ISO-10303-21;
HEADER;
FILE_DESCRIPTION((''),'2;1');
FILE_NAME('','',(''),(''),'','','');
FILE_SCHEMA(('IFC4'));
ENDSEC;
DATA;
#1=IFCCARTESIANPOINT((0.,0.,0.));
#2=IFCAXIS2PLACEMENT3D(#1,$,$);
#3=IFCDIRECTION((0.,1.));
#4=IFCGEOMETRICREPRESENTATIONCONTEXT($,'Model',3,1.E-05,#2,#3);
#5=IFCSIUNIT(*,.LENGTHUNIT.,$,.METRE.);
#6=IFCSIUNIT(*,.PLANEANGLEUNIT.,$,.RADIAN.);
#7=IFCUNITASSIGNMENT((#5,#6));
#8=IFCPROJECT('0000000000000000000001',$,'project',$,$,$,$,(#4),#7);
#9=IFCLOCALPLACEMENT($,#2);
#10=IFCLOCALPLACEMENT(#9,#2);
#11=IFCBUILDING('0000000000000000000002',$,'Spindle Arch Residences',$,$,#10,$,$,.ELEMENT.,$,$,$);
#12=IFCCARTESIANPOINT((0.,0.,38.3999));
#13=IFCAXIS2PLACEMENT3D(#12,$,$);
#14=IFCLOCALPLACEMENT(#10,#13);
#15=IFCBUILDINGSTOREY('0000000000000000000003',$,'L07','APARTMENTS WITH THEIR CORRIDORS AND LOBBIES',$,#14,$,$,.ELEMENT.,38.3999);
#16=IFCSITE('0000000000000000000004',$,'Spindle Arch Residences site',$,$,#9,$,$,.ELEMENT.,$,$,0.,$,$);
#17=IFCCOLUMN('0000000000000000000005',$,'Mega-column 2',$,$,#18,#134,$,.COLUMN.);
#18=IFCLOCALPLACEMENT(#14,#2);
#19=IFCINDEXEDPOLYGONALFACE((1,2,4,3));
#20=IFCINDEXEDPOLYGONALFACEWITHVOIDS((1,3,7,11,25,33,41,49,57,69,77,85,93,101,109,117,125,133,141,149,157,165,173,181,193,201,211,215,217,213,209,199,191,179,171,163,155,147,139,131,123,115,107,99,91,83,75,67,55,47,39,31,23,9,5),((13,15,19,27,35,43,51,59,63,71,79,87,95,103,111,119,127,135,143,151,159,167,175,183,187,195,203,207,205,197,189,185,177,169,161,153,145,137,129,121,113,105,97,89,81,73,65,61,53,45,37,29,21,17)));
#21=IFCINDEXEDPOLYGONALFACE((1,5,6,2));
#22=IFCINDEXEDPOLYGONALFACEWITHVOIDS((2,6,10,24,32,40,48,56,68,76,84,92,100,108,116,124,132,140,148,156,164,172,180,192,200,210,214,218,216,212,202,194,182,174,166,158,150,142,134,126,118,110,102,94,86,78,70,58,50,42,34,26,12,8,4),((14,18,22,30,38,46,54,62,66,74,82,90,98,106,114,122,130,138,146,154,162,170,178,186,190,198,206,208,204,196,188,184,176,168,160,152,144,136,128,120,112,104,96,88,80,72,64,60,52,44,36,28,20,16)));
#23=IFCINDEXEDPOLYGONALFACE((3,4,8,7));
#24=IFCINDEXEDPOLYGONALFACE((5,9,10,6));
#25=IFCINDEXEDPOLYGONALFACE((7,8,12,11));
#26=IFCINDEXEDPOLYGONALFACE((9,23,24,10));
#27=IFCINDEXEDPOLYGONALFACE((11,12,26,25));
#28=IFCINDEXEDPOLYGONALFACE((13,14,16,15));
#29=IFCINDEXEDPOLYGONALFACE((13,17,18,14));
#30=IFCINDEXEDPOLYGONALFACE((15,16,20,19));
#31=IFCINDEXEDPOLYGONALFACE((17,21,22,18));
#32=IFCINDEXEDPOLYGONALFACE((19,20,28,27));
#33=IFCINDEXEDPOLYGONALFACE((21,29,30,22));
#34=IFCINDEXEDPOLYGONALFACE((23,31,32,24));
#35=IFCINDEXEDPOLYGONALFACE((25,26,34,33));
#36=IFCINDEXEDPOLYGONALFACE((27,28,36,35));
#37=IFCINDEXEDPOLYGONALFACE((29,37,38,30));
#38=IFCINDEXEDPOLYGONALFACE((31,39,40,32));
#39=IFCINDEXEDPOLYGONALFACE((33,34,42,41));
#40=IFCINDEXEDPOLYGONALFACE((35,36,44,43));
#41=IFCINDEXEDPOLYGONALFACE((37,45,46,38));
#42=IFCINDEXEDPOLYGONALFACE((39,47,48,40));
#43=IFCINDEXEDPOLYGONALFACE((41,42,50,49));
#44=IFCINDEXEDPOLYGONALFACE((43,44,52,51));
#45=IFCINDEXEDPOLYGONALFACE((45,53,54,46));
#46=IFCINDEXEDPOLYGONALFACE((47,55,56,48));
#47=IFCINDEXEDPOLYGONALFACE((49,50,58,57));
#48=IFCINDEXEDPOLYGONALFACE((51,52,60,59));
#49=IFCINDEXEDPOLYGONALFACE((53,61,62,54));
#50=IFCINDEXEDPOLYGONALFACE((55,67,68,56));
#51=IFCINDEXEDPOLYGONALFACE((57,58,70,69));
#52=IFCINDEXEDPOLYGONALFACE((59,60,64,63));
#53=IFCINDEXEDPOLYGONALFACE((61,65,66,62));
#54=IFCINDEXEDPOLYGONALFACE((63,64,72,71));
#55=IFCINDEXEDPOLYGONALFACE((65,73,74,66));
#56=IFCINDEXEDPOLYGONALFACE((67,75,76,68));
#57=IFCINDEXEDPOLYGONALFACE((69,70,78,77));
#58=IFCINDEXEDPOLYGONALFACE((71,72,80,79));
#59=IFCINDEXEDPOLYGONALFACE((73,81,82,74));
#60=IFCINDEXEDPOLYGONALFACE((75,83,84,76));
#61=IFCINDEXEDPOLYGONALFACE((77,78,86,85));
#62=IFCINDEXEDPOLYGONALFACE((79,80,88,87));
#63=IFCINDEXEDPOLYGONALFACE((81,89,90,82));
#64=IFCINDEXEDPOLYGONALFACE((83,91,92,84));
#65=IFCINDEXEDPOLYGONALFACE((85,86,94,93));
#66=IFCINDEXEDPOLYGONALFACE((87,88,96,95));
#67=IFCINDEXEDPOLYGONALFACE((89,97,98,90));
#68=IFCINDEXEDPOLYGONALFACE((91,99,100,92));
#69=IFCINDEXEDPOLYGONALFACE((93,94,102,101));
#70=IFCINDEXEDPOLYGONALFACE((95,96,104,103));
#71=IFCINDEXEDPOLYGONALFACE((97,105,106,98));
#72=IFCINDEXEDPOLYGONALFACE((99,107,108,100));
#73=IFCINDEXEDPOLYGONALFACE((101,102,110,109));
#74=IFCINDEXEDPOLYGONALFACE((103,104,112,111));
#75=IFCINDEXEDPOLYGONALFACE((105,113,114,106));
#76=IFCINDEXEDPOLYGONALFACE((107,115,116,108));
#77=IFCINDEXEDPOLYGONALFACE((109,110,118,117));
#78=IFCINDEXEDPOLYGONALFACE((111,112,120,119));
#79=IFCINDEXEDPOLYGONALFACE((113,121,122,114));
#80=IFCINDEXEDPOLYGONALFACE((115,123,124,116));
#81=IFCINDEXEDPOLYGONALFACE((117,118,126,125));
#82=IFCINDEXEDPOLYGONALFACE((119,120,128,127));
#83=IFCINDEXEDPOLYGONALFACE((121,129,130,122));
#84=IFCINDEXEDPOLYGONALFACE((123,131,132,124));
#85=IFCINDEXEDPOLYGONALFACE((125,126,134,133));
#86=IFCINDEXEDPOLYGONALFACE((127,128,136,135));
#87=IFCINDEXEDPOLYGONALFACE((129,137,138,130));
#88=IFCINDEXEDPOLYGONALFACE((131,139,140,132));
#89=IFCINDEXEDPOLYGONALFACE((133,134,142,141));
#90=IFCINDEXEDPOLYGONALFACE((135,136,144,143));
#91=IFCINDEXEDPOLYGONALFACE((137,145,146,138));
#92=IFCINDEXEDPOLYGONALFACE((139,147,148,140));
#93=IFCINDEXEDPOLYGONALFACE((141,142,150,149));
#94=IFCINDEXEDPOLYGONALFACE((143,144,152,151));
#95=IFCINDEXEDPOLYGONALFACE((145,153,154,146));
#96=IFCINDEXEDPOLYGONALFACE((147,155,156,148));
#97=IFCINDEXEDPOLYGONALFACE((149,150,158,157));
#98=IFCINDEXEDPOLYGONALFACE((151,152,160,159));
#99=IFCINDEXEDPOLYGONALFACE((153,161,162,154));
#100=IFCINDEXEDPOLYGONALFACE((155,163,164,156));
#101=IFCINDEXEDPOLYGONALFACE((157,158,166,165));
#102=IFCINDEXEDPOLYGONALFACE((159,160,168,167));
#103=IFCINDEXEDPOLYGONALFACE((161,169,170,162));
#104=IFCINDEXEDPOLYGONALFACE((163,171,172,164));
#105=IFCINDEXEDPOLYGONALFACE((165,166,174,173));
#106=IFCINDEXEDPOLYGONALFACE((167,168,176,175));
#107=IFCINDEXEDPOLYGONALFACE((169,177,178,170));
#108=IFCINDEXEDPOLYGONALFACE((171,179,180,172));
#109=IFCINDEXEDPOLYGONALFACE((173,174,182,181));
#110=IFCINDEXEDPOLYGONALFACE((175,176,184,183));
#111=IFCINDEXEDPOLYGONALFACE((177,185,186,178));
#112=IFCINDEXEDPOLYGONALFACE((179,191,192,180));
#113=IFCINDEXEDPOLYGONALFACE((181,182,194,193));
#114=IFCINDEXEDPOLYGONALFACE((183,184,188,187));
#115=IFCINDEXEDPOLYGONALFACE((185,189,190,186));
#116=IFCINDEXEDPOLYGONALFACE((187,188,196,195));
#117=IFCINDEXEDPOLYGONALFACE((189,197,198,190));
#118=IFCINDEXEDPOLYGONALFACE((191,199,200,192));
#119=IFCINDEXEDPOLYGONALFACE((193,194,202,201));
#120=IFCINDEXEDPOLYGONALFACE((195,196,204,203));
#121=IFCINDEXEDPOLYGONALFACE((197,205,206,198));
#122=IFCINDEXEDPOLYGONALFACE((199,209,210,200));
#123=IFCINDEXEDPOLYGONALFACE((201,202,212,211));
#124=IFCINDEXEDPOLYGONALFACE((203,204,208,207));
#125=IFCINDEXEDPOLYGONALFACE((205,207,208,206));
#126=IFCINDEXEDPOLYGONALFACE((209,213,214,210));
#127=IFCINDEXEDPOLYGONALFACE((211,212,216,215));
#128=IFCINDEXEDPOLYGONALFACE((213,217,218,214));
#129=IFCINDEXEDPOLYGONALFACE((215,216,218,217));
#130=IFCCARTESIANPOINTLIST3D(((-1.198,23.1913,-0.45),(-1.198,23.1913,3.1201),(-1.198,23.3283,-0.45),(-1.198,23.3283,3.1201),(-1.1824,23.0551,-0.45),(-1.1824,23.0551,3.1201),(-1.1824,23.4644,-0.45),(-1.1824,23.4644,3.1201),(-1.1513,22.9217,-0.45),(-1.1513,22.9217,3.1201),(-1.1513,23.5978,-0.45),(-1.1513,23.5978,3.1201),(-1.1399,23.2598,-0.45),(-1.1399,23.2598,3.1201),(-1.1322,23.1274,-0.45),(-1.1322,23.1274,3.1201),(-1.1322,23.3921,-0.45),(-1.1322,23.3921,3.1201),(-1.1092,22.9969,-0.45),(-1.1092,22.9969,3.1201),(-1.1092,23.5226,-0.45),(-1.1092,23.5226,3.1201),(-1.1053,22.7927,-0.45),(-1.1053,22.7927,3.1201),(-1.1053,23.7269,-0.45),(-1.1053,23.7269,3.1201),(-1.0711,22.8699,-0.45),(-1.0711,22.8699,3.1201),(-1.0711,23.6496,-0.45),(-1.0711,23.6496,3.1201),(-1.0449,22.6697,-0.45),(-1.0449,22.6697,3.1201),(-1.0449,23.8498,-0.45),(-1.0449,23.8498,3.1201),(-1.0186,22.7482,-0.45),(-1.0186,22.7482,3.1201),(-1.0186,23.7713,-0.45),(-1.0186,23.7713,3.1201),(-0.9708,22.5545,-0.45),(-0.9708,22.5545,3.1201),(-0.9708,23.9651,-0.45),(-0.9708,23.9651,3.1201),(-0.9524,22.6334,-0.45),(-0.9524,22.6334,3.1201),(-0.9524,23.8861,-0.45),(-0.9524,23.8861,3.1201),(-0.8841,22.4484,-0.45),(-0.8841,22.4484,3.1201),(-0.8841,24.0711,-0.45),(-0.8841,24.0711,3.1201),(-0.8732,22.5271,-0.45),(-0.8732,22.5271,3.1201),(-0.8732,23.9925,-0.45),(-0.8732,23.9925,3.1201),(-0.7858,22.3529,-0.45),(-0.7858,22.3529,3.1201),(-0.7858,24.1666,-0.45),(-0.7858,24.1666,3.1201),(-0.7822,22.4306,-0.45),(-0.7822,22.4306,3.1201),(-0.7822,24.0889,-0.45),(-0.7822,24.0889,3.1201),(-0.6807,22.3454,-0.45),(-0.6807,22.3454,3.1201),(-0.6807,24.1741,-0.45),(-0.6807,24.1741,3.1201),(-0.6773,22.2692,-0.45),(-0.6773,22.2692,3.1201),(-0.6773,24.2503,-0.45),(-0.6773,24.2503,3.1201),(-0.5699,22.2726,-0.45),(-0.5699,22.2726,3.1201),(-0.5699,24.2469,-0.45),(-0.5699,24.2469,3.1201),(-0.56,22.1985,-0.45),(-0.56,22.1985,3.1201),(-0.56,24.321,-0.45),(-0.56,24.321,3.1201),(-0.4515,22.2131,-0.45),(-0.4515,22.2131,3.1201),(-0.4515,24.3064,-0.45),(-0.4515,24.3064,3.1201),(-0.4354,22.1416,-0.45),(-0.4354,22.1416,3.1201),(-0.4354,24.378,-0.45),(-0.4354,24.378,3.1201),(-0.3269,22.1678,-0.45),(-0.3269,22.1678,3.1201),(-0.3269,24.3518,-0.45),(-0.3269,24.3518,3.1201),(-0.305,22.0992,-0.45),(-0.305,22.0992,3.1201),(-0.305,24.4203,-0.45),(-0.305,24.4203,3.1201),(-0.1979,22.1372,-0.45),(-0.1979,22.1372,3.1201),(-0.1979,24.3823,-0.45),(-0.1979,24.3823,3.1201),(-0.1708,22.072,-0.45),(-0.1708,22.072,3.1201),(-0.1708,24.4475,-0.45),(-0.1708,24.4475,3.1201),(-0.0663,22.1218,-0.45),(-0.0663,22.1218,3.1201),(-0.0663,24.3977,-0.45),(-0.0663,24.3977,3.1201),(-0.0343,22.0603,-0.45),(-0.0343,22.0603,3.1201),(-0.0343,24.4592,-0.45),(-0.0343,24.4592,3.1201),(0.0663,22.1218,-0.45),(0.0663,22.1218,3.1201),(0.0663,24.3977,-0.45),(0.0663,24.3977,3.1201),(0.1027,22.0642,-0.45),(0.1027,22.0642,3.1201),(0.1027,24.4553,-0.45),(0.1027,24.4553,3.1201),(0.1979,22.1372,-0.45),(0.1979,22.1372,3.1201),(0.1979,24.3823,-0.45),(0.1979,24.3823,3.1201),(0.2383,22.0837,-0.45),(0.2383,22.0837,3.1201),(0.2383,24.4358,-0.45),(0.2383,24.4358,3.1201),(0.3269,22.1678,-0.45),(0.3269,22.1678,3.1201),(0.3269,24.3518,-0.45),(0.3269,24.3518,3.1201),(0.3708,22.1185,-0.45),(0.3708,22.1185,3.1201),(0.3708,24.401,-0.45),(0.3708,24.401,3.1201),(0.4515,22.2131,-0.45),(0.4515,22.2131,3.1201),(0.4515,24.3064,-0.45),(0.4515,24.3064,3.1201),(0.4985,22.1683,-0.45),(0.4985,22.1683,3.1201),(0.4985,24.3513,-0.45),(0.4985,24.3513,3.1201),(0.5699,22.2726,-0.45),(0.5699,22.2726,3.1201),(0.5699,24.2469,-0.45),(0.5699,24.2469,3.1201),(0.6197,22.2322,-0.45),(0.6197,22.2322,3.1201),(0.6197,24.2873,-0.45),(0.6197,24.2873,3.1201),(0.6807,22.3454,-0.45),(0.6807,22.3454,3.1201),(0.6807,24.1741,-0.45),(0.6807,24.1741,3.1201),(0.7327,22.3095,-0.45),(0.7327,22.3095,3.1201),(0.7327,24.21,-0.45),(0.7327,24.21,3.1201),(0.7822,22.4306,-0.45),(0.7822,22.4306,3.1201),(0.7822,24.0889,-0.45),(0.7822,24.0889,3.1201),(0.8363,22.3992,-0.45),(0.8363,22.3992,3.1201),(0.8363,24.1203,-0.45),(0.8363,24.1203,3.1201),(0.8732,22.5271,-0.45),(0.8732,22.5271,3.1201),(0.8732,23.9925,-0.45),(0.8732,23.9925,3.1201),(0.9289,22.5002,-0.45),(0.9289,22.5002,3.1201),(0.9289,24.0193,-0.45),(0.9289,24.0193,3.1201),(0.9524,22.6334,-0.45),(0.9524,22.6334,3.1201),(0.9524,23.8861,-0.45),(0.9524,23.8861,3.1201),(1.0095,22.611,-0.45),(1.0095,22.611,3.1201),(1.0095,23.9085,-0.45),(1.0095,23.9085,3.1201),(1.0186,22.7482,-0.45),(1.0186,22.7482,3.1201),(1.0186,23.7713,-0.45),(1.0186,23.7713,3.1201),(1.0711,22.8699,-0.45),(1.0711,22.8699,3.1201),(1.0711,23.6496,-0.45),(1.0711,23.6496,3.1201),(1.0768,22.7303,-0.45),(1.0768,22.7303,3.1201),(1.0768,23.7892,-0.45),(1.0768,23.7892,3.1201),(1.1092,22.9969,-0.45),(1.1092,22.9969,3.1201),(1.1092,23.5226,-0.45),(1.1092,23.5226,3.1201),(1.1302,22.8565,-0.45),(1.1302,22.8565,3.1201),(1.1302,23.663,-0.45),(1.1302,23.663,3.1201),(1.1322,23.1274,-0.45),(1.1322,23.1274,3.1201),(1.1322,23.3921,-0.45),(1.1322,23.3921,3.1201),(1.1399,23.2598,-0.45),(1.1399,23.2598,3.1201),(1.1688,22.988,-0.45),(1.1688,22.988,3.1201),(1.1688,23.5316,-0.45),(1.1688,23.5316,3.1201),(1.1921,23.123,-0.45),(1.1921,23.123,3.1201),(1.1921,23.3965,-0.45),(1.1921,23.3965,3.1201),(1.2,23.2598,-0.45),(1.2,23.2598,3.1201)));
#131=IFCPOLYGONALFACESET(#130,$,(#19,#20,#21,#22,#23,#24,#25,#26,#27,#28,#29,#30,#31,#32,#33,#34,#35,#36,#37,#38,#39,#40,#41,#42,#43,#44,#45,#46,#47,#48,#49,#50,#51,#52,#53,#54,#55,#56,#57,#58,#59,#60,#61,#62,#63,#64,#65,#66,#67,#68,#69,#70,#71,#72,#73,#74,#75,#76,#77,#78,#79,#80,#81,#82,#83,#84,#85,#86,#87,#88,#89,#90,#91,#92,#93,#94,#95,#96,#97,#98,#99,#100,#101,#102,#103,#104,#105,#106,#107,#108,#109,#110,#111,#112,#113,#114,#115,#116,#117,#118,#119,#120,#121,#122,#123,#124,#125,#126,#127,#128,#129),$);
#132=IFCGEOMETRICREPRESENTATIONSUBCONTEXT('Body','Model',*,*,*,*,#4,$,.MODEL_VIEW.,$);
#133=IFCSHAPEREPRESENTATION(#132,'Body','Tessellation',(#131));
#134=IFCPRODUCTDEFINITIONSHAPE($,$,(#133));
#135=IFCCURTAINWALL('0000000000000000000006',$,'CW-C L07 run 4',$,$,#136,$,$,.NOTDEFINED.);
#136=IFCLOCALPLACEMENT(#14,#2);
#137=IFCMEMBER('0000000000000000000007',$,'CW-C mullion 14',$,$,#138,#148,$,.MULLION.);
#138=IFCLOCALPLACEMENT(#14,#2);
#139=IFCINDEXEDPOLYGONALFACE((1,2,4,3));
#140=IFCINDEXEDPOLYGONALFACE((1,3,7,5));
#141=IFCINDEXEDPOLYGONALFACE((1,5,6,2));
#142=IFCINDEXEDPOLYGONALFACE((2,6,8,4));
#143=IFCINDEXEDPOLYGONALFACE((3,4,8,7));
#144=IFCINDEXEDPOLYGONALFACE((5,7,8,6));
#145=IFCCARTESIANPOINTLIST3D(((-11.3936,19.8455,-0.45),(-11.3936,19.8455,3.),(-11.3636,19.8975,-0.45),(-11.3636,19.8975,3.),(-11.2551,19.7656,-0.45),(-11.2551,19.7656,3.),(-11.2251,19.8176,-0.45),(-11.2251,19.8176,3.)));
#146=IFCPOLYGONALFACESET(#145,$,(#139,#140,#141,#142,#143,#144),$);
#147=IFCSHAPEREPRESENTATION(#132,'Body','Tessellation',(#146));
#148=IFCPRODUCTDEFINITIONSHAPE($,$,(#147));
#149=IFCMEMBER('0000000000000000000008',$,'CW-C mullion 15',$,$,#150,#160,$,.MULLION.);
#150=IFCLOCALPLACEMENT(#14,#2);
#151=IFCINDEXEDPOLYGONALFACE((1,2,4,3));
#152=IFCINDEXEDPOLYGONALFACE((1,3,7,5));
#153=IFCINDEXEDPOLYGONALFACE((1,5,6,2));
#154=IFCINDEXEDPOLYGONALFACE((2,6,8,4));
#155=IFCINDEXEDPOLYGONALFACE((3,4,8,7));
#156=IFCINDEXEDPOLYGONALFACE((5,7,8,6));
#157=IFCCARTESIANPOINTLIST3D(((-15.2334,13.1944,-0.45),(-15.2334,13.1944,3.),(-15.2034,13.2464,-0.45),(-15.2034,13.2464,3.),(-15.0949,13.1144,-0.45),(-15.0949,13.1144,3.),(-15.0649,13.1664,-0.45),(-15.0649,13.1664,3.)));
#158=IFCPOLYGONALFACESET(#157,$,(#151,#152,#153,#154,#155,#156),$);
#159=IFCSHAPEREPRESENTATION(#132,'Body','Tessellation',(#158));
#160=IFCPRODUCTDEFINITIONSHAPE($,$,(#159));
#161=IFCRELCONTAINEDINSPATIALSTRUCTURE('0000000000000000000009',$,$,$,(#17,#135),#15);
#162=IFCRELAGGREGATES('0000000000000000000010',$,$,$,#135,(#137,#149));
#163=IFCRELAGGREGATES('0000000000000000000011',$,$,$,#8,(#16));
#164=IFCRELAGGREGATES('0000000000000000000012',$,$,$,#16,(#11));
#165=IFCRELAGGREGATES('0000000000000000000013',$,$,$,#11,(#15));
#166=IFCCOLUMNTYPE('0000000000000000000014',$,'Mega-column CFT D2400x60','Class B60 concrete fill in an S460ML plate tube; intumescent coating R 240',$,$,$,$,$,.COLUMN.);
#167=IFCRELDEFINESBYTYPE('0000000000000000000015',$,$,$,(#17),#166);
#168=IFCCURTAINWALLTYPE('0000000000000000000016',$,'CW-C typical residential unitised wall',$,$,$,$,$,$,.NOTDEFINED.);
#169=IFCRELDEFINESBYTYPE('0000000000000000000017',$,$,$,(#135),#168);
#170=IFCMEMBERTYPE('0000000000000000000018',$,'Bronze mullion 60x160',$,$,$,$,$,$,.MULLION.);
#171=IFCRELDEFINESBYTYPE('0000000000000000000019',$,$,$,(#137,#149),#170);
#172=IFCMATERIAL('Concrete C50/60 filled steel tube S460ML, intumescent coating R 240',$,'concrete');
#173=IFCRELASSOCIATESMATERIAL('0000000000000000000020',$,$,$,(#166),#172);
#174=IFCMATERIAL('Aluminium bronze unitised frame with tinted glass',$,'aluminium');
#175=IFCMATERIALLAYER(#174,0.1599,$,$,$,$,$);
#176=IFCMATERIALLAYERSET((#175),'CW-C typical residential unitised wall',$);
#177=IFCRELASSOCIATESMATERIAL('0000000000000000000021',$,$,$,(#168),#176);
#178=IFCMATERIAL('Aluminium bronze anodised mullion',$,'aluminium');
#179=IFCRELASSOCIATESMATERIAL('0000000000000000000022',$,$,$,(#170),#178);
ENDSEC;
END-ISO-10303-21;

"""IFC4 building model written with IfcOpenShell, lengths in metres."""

from ifc_helpers import new_model, si_unit, direction, frame, origin, origin_2d, place, context, subcontext, project, spatial, rectangle, hollow_circle, extrude, material, layer, layer_set, material_profile, profile_set, type_object, element, aggregate, save


model = new_model("IFC4")

# Units and contexts
model_context = context("Model", 3, precision=1e-05, world=origin(), true_north=direction((0.0, 1.0)))
body_context = subcontext(model_context, "Body", "Model", "MODEL_VIEW")
ifc_project = project(units=[si_unit("LENGTHUNIT", "METRE"), si_unit("PLANEANGLEUNIT", "RADIAN")], contexts=[model_context])

# Site, building, storey
site_placement = place(None, origin())
site = spatial("IfcSite", under=ifc_project, at=site_placement, Name="Spindle Arch Residences site", CompositionType="ELEMENT", RefElevation=0.0)
building_placement = place(site_placement, origin())
building = spatial("IfcBuilding", under=site, at=building_placement, Name="Spindle Arch Residences", CompositionType="ELEMENT")
storey_placement = place(building_placement, frame((0.0, 0.0, 38.3999)))
storey = spatial("IfcBuildingStorey", under=building, at=storey_placement, Name="L07", Description="APARTMENTS WITH THEIR CORRIDORS AND LOBBIES", CompositionType="ELEMENT", Elevation=38.3999)

# Column
ifc_material_1 = material(Name="Concrete C50/60 filled steel tube S460ML, intumescent coating R 240", Category="concrete")
ifc_material_profile_1 = material_profile(ifc_material_1, hollow_circle(Radius=1.2, WallThickness=0.0601, at=origin_2d()), Name="CFT D2400x60")
ifc_profile_set_1 = profile_set([ifc_material_profile_1], Name="Concrete C50/60 filled steel tube S460ML, intumescent coating R 240")
column_type_1 = type_object("IfcColumnType", Name="Mega-column CFT D2400x60", Description="Class B60 concrete fill in an S460ML plate tube; intumescent coating R 240", PredefinedType="COLUMN", material=ifc_profile_set_1)
column_placement = place(storey_placement, frame((0.0, 23.2598, -0.45), z_axis=(0.0, 0.0, 1.0), x_axis=(1.0, 0.0, 0.0)))
element("IfcColumn", 1, at=column_placement, inside=storey, type_object=column_type_1, Name="Mega-column 2", PredefinedType="COLUMN", context=body_context, shape_type="SweptSolid", body=[
    extrude(hollow_circle(Radius=1.2, WallThickness=0.0601, at=origin_2d()), origin(), (0.0, 0.0, 1.0), 3.5701),
])

# Curtain wall, members
ifc_material_2 = material(Name="Aluminium bronze unitised frame with tinted glass", Category="aluminium")
ifc_layer_1 = layer(ifc_material_2, 0.1599)
ifc_layer_set_1 = layer_set([ifc_layer_1], Name="CW-C typical residential unitised wall")
curtain_wall_type = type_object("IfcCurtainWallType", Name="CW-C typical residential unitised wall", PredefinedType="NOTDEFINED", material=ifc_layer_set_1)
curtain_wall_placement = place(storey_placement, origin())
curtain_wall = element("IfcCurtainWall", 2, at=curtain_wall_placement, inside=storey, type_object=curtain_wall_type, Name="CW-C L07 run 4", PredefinedType="NOTDEFINED")
ifc_material_3 = material(Name="Aluminium bronze anodised mullion", Category="aluminium")
ifc_material_profile_2 = material_profile(ifc_material_3, rectangle(XDim=0.1599, YDim=0.0601, at=origin_2d()), Name="MU 60x160")
ifc_profile_set_2 = profile_set([ifc_material_profile_2], Name="Aluminium bronze anodised mullion")
member_type_1 = type_object("IfcMemberType", Name="Bronze mullion 60x160", PredefinedType="MULLION", material=ifc_profile_set_2)
member_1_placement = place(storey_placement, frame((-11.3093, 19.8315, -0.45), z_axis=(0.0, 0.0, 1.0), x_axis=(0.866025, -0.5, 0.0)))
member_1 = element("IfcMember", 3, at=member_1_placement, type_object=member_type_1, Name="CW-C mullion 14", PredefinedType="MULLION", context=body_context, shape_type="SweptSolid", body=[
    extrude(rectangle(XDim=0.1599, YDim=0.0601, at=origin_2d()), origin(), (0.0, 0.0, 1.0), 3.45),
])
member_2_placement = place(storey_placement, frame((-15.1492, 13.1804, -0.45), z_axis=(0.0, 0.0, 1.0), x_axis=(0.866025, -0.5, 0.0)))
member_2 = element("IfcMember", 4, at=member_2_placement, type_object=member_type_1, Name="CW-C mullion 15", PredefinedType="MULLION", context=body_context, shape_type="SweptSolid", body=[
    extrude(rectangle(XDim=0.1599, YDim=0.0601, at=origin_2d()), origin(), (0.0, 0.0, 1.0), 3.45),
])

aggregate(curtain_wall, [member_1, member_2])

save(model, "model.ifc")
